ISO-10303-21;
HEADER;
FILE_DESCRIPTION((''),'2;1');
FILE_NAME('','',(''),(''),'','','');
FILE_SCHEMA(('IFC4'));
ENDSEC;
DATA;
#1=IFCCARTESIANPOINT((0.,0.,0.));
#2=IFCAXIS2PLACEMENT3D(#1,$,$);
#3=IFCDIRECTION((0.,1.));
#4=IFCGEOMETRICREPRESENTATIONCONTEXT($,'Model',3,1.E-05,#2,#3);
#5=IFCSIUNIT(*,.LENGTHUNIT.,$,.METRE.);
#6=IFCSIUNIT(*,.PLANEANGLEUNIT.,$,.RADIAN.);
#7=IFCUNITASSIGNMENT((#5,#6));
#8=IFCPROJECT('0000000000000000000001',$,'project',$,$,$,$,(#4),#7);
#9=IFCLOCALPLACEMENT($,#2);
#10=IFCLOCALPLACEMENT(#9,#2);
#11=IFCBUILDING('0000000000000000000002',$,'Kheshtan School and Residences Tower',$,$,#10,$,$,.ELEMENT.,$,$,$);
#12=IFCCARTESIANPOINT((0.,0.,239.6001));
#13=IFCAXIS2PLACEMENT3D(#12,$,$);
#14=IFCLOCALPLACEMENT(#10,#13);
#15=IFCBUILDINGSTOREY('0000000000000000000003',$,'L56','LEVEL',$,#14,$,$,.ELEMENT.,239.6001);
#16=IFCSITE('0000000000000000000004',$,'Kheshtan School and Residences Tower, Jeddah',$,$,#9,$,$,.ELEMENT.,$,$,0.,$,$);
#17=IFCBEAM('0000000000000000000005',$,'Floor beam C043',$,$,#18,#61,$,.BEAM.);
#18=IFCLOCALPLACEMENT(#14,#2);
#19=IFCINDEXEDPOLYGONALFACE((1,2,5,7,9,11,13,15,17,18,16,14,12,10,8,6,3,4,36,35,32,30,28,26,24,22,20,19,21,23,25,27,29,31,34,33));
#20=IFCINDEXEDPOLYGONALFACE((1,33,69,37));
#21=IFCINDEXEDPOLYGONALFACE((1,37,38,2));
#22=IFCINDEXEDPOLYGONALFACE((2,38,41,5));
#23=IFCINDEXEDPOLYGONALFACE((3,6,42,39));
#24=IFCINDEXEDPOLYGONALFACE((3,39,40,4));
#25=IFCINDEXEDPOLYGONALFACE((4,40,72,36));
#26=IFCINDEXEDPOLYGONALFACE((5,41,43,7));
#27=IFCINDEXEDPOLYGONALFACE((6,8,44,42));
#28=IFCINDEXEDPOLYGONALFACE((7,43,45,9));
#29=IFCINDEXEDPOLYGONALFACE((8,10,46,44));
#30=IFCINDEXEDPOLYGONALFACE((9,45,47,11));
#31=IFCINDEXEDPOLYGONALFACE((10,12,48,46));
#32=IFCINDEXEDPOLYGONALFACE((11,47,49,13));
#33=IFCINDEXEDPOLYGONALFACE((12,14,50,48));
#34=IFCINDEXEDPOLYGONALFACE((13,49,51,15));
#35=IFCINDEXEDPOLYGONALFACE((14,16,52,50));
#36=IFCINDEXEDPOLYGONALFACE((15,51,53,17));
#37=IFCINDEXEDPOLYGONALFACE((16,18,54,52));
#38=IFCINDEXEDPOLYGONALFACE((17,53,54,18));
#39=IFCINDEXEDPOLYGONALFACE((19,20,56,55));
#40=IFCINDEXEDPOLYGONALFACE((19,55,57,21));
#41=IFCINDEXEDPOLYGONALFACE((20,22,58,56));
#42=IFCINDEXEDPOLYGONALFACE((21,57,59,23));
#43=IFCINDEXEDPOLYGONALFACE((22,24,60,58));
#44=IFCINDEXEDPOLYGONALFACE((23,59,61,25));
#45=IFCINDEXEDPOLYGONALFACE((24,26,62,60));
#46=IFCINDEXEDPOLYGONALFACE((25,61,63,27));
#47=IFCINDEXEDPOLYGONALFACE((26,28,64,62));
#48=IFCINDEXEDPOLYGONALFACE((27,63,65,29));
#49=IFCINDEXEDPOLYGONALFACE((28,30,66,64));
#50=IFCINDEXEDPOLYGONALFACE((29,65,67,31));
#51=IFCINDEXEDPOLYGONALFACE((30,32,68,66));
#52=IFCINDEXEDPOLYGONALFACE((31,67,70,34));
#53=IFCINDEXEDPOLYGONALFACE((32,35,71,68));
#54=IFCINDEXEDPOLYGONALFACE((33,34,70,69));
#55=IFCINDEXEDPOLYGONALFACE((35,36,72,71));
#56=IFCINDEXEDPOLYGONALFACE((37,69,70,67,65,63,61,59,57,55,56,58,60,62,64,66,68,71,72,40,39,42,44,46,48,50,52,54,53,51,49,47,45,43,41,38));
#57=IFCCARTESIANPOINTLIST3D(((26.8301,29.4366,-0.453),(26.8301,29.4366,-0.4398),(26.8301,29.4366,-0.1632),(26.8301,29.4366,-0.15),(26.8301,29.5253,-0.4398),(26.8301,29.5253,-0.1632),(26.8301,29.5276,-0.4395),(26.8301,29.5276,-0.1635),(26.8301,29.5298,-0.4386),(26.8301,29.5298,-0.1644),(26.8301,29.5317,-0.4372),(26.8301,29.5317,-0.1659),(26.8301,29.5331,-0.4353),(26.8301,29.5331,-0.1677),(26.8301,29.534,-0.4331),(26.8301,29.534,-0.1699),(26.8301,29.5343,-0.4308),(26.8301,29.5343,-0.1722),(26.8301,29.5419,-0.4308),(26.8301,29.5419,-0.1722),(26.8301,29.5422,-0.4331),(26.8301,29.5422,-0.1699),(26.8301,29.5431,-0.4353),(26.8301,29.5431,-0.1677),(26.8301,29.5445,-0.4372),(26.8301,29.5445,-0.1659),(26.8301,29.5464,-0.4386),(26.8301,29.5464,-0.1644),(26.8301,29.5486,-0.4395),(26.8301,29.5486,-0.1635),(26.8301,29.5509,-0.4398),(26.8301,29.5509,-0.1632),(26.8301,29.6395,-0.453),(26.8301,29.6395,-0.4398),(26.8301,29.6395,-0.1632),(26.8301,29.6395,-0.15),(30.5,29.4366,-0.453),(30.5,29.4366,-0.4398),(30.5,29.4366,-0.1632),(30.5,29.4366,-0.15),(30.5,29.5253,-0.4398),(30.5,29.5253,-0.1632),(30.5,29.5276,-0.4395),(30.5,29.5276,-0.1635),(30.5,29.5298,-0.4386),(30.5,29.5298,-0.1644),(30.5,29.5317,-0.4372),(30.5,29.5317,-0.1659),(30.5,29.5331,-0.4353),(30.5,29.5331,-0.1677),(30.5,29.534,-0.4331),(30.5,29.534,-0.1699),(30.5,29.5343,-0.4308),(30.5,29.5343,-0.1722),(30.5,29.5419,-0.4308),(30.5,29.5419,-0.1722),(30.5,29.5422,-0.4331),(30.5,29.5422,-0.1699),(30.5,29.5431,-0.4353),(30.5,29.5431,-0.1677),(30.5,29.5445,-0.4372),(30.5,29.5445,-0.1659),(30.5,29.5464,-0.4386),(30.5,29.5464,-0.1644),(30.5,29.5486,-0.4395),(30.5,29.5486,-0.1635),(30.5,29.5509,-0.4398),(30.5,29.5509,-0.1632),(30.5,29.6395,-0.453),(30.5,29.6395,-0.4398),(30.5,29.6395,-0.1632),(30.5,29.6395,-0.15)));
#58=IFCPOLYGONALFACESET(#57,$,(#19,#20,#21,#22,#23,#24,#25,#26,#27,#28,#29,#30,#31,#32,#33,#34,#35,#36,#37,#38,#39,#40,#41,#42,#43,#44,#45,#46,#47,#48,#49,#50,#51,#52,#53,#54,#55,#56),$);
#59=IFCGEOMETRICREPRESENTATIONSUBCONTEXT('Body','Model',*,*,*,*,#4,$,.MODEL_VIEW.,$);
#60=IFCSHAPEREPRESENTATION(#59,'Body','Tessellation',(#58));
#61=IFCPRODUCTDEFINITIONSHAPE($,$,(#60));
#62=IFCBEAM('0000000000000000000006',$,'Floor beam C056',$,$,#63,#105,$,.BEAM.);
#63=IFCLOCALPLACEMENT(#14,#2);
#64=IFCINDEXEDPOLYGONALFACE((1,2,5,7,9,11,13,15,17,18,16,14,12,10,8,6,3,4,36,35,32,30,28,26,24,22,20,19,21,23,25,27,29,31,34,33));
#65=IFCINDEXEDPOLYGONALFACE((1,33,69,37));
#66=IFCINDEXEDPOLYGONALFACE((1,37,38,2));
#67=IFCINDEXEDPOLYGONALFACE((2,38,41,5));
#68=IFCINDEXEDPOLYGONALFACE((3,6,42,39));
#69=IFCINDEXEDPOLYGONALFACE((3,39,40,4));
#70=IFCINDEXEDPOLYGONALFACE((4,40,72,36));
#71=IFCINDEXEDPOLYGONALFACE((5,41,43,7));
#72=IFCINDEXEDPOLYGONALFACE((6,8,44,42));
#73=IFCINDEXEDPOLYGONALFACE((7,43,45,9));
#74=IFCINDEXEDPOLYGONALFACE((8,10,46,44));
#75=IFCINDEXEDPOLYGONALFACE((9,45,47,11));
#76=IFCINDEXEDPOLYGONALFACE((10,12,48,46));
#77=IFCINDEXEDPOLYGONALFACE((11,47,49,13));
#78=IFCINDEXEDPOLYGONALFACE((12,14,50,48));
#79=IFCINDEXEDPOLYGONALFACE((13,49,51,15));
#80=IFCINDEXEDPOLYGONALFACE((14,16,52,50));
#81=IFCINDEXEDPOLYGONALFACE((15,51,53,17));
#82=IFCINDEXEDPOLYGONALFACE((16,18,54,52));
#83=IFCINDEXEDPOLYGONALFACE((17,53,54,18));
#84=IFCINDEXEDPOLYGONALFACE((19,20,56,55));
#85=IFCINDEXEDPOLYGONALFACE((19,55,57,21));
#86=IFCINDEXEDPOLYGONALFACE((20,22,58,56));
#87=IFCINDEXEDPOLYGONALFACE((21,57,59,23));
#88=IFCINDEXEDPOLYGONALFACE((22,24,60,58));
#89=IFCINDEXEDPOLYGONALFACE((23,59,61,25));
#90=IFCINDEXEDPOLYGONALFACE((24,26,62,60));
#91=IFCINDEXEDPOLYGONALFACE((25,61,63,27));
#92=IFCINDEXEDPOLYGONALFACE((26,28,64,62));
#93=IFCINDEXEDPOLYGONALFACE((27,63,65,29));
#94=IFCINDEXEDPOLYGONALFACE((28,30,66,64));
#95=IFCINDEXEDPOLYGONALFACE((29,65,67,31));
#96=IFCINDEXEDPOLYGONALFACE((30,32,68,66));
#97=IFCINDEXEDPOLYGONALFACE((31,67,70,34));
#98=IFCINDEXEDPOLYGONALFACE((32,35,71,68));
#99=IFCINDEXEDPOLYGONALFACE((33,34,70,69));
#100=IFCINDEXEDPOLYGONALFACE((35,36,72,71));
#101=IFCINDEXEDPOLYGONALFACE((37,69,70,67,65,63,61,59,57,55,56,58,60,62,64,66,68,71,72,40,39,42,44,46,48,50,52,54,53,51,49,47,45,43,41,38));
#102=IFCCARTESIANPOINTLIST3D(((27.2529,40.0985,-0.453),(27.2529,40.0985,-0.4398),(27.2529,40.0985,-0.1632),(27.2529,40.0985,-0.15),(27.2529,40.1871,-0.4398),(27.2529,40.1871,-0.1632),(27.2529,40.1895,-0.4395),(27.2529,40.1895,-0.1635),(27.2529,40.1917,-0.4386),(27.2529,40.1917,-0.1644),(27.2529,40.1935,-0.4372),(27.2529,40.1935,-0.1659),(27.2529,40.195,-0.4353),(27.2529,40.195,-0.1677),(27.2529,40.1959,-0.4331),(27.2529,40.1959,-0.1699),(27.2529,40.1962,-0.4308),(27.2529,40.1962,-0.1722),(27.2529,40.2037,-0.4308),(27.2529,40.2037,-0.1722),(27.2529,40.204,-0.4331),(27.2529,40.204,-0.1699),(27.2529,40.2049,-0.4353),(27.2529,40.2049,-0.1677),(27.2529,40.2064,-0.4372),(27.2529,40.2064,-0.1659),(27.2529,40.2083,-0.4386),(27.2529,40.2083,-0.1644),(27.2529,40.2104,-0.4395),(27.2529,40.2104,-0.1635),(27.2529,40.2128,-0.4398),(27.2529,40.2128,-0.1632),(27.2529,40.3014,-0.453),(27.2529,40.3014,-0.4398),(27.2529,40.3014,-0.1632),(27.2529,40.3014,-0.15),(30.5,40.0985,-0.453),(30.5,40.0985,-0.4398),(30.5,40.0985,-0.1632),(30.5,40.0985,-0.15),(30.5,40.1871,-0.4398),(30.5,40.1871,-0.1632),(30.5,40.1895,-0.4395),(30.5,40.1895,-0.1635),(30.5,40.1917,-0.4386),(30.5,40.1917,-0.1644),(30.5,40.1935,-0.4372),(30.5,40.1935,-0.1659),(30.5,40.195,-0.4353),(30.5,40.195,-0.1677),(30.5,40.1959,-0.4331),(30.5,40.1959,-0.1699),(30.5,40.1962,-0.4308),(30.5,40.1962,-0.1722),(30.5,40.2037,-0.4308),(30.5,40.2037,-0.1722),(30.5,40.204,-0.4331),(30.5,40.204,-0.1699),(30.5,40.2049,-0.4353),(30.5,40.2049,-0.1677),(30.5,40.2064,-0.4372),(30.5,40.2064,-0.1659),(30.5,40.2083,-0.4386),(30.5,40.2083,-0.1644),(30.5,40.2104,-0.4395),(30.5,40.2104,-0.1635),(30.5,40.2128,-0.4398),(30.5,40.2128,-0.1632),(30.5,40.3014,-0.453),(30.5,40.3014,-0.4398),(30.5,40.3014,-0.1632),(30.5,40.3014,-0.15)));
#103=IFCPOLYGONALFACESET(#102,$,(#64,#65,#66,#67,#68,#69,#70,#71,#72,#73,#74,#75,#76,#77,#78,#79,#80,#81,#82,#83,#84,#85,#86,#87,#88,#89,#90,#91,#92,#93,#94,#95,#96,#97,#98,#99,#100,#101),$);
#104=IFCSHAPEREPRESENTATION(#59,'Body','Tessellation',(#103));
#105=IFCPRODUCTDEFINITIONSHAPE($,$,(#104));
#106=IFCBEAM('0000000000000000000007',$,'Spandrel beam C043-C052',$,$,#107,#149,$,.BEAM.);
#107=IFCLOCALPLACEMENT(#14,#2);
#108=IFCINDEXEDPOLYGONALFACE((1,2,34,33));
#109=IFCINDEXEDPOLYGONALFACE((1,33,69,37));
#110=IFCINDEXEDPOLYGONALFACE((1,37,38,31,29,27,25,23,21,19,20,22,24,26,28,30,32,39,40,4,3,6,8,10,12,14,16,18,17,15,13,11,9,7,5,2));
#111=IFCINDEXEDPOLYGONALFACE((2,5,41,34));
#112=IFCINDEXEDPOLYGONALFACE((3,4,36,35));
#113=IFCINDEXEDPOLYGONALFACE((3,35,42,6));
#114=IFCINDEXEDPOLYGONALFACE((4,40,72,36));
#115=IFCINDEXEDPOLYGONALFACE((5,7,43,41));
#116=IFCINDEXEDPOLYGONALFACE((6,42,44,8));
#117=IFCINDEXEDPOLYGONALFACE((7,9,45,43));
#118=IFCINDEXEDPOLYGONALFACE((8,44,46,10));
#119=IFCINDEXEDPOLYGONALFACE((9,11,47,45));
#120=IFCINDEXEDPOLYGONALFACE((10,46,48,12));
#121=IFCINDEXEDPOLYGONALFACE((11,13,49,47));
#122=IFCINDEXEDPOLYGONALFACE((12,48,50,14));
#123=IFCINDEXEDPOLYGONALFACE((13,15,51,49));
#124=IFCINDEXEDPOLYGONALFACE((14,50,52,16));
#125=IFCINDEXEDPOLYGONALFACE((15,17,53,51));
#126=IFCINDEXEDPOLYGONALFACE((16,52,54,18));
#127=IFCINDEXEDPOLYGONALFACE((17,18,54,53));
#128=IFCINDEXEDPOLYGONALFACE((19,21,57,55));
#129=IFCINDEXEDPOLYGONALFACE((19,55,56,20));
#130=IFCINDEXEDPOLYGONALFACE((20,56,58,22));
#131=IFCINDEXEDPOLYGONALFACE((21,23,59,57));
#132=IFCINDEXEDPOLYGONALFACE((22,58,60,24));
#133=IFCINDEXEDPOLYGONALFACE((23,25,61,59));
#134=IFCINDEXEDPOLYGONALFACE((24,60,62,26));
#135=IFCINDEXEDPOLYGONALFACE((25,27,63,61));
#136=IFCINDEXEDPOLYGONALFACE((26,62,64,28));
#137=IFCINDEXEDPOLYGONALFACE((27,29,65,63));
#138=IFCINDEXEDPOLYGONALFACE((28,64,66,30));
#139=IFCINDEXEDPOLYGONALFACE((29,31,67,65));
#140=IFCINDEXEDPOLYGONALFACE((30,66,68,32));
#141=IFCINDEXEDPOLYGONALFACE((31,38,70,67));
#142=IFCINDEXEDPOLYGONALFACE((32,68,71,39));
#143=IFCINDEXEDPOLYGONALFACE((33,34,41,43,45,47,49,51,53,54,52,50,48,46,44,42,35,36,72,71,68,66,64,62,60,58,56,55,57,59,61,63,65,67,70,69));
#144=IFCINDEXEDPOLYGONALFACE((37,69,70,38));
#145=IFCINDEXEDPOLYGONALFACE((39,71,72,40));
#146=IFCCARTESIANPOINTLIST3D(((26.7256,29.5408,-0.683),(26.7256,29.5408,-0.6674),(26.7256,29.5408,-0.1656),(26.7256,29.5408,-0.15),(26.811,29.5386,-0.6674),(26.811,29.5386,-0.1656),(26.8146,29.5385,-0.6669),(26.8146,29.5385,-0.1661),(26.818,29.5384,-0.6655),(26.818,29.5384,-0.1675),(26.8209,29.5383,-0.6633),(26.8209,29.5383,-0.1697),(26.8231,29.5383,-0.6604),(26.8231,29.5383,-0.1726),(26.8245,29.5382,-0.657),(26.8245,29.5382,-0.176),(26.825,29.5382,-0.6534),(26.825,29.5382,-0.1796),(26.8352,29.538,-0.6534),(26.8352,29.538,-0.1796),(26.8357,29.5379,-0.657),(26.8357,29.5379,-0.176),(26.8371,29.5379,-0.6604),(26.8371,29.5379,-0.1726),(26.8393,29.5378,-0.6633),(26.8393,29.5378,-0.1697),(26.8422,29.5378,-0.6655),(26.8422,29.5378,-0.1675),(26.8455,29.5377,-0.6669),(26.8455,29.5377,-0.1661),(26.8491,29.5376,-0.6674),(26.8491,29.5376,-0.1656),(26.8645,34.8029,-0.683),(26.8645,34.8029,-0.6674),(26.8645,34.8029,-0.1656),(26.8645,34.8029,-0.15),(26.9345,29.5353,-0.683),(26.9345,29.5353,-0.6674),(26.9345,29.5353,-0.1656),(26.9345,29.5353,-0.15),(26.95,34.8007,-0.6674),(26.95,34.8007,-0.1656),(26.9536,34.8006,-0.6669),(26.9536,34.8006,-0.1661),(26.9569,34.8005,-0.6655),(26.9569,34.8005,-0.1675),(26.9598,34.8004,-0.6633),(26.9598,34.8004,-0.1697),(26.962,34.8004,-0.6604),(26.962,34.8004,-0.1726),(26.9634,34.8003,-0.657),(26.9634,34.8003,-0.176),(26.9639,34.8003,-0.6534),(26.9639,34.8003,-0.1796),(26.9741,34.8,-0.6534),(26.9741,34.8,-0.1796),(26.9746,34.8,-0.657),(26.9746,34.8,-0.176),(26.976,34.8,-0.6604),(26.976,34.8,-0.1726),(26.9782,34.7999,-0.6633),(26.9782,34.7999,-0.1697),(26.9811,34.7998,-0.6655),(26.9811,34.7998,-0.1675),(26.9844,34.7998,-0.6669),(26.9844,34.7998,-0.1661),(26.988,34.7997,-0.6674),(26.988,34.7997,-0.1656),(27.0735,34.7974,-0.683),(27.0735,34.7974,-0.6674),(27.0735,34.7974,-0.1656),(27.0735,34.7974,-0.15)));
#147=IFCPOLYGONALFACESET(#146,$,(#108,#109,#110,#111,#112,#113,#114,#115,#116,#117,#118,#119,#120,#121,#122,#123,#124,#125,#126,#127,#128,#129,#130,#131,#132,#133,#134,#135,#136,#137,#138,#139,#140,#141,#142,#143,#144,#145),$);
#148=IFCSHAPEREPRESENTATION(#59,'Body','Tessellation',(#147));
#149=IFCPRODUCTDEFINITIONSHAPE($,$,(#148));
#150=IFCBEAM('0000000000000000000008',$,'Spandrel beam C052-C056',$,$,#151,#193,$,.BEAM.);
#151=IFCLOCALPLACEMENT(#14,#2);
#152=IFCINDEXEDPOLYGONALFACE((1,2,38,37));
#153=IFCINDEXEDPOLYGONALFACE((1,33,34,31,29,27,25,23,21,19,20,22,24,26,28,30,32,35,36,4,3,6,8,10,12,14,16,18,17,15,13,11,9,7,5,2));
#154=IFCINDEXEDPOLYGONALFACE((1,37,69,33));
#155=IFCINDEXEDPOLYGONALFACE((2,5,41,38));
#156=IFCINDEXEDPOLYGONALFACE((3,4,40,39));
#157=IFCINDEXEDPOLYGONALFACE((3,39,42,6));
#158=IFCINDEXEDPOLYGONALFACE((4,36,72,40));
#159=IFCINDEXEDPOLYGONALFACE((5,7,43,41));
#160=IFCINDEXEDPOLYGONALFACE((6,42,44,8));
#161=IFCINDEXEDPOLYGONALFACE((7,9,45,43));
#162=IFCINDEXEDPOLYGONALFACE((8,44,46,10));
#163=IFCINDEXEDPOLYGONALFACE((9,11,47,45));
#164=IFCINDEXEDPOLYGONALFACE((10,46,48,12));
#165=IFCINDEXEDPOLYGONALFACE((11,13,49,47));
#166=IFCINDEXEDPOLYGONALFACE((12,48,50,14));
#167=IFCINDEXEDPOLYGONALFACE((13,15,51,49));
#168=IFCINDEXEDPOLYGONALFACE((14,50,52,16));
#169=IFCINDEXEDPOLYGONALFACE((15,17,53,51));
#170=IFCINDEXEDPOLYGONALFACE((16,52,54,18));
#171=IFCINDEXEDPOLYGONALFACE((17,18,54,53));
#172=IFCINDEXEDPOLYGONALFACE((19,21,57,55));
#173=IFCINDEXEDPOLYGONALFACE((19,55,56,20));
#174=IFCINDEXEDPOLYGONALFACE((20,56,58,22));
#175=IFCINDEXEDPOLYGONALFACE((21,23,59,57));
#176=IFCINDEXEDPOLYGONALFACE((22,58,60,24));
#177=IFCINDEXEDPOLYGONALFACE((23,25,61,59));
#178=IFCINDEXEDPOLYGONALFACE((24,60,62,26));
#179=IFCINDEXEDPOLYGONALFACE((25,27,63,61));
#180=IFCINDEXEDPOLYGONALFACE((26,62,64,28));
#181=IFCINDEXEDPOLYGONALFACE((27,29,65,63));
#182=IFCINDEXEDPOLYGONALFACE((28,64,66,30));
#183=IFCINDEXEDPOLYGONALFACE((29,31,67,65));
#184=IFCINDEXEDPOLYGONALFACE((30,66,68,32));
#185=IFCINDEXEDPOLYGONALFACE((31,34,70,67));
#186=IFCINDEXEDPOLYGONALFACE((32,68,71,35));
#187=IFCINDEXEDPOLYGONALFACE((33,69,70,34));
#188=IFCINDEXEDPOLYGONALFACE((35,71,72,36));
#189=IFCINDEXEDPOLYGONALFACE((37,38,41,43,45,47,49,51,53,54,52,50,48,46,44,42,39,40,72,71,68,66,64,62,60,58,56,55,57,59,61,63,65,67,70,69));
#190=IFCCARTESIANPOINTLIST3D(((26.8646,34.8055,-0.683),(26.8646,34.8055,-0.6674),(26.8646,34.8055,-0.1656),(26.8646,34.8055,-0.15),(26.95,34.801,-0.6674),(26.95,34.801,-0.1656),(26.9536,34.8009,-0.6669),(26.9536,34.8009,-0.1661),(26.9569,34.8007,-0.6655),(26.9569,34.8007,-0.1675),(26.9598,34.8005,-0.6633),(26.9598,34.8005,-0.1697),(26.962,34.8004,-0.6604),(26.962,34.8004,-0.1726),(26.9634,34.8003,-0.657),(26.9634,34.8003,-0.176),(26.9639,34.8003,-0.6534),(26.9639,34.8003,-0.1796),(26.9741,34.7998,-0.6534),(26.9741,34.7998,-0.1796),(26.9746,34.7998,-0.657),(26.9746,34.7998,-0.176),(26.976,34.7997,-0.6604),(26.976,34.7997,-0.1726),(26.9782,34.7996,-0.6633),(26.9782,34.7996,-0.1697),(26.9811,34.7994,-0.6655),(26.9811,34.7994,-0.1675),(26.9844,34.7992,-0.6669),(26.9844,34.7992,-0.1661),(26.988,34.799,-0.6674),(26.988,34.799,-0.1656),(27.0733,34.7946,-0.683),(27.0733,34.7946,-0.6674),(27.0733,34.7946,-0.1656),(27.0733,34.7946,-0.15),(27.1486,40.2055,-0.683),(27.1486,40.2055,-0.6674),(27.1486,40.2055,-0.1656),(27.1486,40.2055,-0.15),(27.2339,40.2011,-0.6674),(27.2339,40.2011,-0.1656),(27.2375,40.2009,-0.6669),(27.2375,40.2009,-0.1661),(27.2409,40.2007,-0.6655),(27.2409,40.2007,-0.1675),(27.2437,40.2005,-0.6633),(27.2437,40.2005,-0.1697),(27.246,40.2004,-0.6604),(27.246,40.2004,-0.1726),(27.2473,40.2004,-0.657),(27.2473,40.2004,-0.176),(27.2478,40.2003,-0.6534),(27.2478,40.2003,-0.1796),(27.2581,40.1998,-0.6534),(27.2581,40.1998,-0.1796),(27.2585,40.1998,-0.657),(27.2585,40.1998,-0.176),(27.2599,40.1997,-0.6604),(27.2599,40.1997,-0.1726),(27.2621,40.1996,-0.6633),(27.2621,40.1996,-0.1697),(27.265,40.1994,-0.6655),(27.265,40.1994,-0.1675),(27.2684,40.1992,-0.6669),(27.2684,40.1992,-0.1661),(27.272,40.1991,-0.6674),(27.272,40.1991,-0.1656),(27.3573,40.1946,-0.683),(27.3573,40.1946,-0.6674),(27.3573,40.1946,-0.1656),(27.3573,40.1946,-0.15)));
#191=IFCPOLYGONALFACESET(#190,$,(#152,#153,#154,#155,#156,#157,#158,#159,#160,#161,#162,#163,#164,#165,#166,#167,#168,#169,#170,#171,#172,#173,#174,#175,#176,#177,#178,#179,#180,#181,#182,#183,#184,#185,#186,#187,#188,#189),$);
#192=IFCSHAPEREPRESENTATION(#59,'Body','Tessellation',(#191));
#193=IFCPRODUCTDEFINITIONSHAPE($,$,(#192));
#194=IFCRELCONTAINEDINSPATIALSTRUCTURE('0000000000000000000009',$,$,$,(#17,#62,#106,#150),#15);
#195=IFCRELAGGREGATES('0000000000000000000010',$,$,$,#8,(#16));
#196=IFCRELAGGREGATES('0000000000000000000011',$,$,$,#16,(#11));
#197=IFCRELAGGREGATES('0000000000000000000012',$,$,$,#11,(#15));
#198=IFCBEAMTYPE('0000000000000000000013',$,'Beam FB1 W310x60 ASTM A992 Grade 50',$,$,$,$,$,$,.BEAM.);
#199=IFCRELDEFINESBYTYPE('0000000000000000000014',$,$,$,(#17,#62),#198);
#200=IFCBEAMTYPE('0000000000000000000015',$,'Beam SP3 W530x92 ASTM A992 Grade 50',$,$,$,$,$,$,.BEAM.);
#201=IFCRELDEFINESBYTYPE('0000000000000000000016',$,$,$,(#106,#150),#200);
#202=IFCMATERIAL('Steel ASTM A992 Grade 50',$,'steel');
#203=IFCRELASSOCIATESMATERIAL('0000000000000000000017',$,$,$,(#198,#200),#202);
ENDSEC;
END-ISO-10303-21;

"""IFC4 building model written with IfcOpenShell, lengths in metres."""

from ifc_helpers import new_model, si_unit, direction, frame, origin, origin_2d, place, context, subcontext, project, spatial, i_section, extrude, material, material_profile, profile_set, type_object, element, save


model = new_model("IFC4")

# Units and contexts
model_context = context("Model", 3, precision=1e-05, world=origin(), true_north=direction((0.0, 1.0)))
body_context = subcontext(model_context, "Body", "Model", "MODEL_VIEW")
ifc_project = project(units=[si_unit("LENGTHUNIT", "METRE"), si_unit("PLANEANGLEUNIT", "RADIAN")], contexts=[model_context])

# Site, building, storey
site_placement = place(None, origin())
site = spatial("IfcSite", under=ifc_project, at=site_placement, Name="Kheshtan School and Residences Tower, Jeddah", CompositionType="ELEMENT", RefElevation=0.0)
building_placement = place(site_placement, origin())
building = spatial("IfcBuilding", under=site, at=building_placement, Name="Kheshtan School and Residences Tower", CompositionType="ELEMENT")
storey_placement = place(building_placement, frame((0.0, 0.0, 239.6001)))
storey = spatial("IfcBuildingStorey", under=building, at=storey_placement, Name="L56", Description="LEVEL", CompositionType="ELEMENT", Elevation=239.6001)

# Shared definitions
ifc_material_1 = material(Name="Steel ASTM A992 Grade 50", Category="steel")

# Beams
ifc_material_profile_1 = material_profile(ifc_material_1, i_section(OverallWidth=0.2029, OverallDepth=0.303, WebThickness=0.0076, FlangeThickness=0.0132, FilletRadius=0.009, at=origin_2d()), Name="W310x60")
ifc_profile_set_1 = profile_set([ifc_material_profile_1], Name="Steel ASTM A992 Grade 50")
beam_type_1 = type_object("IfcBeamType", Name="Beam FB1 W310x60 ASTM A992 Grade 50", PredefinedType="BEAM", material=ifc_profile_set_1)
beam_1_placement = place(storey_placement, frame((26.8301, 29.5381, -0.3015), z_axis=(1.0, 0.0, 0.0), x_axis=(0.0, 1.0, 0.0)))
element("IfcBeam", 1, at=beam_1_placement, inside=storey, type_object=beam_type_1, Name="Floor beam C043", PredefinedType="BEAM", context=body_context, shape_type="SweptSolid", body=[
    extrude(i_section(OverallWidth=0.2029, OverallDepth=0.303, WebThickness=0.0076, FlangeThickness=0.0132, FilletRadius=0.009, at=origin_2d()), origin(), (0.0, 0.0, 1.0), 3.6699),
])
beam_2_placement = place(storey_placement, frame((27.2529, 40.2, -0.3015), z_axis=(1.0, 0.0, 0.0), x_axis=(0.0, 1.0, 0.0)))
element("IfcBeam", 2, at=beam_2_placement, inside=storey, type_object=beam_type_1, Name="Floor beam C056", PredefinedType="BEAM", context=body_context, shape_type="SweptSolid", body=[
    extrude(i_section(OverallWidth=0.2029, OverallDepth=0.303, WebThickness=0.0076, FlangeThickness=0.0132, FilletRadius=0.009, at=origin_2d()), origin(), (0.0, 0.0, 1.0), 3.2471),
])
ifc_material_profile_2 = material_profile(ifc_material_1, i_section(OverallWidth=0.209, OverallDepth=0.533, WebThickness=0.0103, FlangeThickness=0.0156, FilletRadius=0.0139, at=origin_2d()), Name="W530x92")
ifc_profile_set_2 = profile_set([ifc_material_profile_2], Name="Steel ASTM A992 Grade 50")
beam_type_2 = type_object("IfcBeamType", Name="Beam SP3 W530x92 ASTM A992 Grade 50", PredefinedType="BEAM", material=ifc_profile_set_2)
beam_3_placement = place(storey_placement, frame((26.8301, 29.5381, -0.4165), z_axis=(0.026391, 0.999652, 0.0), x_axis=(-0.999652, 0.026391, 0.0)))
element("IfcBeam", 3, at=beam_3_placement, inside=storey, type_object=beam_type_2, Name="Spandrel beam C043-C052", PredefinedType="BEAM", context=body_context, shape_type="SweptSolid", body=[
    extrude(i_section(OverallWidth=0.209, OverallDepth=0.533, WebThickness=0.0103, FlangeThickness=0.0156, FilletRadius=0.0139, at=origin_2d()), origin(), (0.0, 0.0, 1.0), 5.2639),
])
beam_4_placement = place(storey_placement, frame((26.969, 34.8, -0.4165), z_axis=(0.052509, 0.99862, 0.0), x_axis=(-0.99862, 0.052509, 0.0)))
element("IfcBeam", 4, at=beam_4_placement, inside=storey, type_object=beam_type_2, Name="Spandrel beam C052-C056", PredefinedType="BEAM", context=body_context, shape_type="SweptSolid", body=[
    extrude(i_section(OverallWidth=0.209, OverallDepth=0.533, WebThickness=0.0103, FlangeThickness=0.0156, FilletRadius=0.0139, at=origin_2d()), origin(), (0.0, 0.0, 1.0), 5.4075),
])

save(model, "model.ifc")
